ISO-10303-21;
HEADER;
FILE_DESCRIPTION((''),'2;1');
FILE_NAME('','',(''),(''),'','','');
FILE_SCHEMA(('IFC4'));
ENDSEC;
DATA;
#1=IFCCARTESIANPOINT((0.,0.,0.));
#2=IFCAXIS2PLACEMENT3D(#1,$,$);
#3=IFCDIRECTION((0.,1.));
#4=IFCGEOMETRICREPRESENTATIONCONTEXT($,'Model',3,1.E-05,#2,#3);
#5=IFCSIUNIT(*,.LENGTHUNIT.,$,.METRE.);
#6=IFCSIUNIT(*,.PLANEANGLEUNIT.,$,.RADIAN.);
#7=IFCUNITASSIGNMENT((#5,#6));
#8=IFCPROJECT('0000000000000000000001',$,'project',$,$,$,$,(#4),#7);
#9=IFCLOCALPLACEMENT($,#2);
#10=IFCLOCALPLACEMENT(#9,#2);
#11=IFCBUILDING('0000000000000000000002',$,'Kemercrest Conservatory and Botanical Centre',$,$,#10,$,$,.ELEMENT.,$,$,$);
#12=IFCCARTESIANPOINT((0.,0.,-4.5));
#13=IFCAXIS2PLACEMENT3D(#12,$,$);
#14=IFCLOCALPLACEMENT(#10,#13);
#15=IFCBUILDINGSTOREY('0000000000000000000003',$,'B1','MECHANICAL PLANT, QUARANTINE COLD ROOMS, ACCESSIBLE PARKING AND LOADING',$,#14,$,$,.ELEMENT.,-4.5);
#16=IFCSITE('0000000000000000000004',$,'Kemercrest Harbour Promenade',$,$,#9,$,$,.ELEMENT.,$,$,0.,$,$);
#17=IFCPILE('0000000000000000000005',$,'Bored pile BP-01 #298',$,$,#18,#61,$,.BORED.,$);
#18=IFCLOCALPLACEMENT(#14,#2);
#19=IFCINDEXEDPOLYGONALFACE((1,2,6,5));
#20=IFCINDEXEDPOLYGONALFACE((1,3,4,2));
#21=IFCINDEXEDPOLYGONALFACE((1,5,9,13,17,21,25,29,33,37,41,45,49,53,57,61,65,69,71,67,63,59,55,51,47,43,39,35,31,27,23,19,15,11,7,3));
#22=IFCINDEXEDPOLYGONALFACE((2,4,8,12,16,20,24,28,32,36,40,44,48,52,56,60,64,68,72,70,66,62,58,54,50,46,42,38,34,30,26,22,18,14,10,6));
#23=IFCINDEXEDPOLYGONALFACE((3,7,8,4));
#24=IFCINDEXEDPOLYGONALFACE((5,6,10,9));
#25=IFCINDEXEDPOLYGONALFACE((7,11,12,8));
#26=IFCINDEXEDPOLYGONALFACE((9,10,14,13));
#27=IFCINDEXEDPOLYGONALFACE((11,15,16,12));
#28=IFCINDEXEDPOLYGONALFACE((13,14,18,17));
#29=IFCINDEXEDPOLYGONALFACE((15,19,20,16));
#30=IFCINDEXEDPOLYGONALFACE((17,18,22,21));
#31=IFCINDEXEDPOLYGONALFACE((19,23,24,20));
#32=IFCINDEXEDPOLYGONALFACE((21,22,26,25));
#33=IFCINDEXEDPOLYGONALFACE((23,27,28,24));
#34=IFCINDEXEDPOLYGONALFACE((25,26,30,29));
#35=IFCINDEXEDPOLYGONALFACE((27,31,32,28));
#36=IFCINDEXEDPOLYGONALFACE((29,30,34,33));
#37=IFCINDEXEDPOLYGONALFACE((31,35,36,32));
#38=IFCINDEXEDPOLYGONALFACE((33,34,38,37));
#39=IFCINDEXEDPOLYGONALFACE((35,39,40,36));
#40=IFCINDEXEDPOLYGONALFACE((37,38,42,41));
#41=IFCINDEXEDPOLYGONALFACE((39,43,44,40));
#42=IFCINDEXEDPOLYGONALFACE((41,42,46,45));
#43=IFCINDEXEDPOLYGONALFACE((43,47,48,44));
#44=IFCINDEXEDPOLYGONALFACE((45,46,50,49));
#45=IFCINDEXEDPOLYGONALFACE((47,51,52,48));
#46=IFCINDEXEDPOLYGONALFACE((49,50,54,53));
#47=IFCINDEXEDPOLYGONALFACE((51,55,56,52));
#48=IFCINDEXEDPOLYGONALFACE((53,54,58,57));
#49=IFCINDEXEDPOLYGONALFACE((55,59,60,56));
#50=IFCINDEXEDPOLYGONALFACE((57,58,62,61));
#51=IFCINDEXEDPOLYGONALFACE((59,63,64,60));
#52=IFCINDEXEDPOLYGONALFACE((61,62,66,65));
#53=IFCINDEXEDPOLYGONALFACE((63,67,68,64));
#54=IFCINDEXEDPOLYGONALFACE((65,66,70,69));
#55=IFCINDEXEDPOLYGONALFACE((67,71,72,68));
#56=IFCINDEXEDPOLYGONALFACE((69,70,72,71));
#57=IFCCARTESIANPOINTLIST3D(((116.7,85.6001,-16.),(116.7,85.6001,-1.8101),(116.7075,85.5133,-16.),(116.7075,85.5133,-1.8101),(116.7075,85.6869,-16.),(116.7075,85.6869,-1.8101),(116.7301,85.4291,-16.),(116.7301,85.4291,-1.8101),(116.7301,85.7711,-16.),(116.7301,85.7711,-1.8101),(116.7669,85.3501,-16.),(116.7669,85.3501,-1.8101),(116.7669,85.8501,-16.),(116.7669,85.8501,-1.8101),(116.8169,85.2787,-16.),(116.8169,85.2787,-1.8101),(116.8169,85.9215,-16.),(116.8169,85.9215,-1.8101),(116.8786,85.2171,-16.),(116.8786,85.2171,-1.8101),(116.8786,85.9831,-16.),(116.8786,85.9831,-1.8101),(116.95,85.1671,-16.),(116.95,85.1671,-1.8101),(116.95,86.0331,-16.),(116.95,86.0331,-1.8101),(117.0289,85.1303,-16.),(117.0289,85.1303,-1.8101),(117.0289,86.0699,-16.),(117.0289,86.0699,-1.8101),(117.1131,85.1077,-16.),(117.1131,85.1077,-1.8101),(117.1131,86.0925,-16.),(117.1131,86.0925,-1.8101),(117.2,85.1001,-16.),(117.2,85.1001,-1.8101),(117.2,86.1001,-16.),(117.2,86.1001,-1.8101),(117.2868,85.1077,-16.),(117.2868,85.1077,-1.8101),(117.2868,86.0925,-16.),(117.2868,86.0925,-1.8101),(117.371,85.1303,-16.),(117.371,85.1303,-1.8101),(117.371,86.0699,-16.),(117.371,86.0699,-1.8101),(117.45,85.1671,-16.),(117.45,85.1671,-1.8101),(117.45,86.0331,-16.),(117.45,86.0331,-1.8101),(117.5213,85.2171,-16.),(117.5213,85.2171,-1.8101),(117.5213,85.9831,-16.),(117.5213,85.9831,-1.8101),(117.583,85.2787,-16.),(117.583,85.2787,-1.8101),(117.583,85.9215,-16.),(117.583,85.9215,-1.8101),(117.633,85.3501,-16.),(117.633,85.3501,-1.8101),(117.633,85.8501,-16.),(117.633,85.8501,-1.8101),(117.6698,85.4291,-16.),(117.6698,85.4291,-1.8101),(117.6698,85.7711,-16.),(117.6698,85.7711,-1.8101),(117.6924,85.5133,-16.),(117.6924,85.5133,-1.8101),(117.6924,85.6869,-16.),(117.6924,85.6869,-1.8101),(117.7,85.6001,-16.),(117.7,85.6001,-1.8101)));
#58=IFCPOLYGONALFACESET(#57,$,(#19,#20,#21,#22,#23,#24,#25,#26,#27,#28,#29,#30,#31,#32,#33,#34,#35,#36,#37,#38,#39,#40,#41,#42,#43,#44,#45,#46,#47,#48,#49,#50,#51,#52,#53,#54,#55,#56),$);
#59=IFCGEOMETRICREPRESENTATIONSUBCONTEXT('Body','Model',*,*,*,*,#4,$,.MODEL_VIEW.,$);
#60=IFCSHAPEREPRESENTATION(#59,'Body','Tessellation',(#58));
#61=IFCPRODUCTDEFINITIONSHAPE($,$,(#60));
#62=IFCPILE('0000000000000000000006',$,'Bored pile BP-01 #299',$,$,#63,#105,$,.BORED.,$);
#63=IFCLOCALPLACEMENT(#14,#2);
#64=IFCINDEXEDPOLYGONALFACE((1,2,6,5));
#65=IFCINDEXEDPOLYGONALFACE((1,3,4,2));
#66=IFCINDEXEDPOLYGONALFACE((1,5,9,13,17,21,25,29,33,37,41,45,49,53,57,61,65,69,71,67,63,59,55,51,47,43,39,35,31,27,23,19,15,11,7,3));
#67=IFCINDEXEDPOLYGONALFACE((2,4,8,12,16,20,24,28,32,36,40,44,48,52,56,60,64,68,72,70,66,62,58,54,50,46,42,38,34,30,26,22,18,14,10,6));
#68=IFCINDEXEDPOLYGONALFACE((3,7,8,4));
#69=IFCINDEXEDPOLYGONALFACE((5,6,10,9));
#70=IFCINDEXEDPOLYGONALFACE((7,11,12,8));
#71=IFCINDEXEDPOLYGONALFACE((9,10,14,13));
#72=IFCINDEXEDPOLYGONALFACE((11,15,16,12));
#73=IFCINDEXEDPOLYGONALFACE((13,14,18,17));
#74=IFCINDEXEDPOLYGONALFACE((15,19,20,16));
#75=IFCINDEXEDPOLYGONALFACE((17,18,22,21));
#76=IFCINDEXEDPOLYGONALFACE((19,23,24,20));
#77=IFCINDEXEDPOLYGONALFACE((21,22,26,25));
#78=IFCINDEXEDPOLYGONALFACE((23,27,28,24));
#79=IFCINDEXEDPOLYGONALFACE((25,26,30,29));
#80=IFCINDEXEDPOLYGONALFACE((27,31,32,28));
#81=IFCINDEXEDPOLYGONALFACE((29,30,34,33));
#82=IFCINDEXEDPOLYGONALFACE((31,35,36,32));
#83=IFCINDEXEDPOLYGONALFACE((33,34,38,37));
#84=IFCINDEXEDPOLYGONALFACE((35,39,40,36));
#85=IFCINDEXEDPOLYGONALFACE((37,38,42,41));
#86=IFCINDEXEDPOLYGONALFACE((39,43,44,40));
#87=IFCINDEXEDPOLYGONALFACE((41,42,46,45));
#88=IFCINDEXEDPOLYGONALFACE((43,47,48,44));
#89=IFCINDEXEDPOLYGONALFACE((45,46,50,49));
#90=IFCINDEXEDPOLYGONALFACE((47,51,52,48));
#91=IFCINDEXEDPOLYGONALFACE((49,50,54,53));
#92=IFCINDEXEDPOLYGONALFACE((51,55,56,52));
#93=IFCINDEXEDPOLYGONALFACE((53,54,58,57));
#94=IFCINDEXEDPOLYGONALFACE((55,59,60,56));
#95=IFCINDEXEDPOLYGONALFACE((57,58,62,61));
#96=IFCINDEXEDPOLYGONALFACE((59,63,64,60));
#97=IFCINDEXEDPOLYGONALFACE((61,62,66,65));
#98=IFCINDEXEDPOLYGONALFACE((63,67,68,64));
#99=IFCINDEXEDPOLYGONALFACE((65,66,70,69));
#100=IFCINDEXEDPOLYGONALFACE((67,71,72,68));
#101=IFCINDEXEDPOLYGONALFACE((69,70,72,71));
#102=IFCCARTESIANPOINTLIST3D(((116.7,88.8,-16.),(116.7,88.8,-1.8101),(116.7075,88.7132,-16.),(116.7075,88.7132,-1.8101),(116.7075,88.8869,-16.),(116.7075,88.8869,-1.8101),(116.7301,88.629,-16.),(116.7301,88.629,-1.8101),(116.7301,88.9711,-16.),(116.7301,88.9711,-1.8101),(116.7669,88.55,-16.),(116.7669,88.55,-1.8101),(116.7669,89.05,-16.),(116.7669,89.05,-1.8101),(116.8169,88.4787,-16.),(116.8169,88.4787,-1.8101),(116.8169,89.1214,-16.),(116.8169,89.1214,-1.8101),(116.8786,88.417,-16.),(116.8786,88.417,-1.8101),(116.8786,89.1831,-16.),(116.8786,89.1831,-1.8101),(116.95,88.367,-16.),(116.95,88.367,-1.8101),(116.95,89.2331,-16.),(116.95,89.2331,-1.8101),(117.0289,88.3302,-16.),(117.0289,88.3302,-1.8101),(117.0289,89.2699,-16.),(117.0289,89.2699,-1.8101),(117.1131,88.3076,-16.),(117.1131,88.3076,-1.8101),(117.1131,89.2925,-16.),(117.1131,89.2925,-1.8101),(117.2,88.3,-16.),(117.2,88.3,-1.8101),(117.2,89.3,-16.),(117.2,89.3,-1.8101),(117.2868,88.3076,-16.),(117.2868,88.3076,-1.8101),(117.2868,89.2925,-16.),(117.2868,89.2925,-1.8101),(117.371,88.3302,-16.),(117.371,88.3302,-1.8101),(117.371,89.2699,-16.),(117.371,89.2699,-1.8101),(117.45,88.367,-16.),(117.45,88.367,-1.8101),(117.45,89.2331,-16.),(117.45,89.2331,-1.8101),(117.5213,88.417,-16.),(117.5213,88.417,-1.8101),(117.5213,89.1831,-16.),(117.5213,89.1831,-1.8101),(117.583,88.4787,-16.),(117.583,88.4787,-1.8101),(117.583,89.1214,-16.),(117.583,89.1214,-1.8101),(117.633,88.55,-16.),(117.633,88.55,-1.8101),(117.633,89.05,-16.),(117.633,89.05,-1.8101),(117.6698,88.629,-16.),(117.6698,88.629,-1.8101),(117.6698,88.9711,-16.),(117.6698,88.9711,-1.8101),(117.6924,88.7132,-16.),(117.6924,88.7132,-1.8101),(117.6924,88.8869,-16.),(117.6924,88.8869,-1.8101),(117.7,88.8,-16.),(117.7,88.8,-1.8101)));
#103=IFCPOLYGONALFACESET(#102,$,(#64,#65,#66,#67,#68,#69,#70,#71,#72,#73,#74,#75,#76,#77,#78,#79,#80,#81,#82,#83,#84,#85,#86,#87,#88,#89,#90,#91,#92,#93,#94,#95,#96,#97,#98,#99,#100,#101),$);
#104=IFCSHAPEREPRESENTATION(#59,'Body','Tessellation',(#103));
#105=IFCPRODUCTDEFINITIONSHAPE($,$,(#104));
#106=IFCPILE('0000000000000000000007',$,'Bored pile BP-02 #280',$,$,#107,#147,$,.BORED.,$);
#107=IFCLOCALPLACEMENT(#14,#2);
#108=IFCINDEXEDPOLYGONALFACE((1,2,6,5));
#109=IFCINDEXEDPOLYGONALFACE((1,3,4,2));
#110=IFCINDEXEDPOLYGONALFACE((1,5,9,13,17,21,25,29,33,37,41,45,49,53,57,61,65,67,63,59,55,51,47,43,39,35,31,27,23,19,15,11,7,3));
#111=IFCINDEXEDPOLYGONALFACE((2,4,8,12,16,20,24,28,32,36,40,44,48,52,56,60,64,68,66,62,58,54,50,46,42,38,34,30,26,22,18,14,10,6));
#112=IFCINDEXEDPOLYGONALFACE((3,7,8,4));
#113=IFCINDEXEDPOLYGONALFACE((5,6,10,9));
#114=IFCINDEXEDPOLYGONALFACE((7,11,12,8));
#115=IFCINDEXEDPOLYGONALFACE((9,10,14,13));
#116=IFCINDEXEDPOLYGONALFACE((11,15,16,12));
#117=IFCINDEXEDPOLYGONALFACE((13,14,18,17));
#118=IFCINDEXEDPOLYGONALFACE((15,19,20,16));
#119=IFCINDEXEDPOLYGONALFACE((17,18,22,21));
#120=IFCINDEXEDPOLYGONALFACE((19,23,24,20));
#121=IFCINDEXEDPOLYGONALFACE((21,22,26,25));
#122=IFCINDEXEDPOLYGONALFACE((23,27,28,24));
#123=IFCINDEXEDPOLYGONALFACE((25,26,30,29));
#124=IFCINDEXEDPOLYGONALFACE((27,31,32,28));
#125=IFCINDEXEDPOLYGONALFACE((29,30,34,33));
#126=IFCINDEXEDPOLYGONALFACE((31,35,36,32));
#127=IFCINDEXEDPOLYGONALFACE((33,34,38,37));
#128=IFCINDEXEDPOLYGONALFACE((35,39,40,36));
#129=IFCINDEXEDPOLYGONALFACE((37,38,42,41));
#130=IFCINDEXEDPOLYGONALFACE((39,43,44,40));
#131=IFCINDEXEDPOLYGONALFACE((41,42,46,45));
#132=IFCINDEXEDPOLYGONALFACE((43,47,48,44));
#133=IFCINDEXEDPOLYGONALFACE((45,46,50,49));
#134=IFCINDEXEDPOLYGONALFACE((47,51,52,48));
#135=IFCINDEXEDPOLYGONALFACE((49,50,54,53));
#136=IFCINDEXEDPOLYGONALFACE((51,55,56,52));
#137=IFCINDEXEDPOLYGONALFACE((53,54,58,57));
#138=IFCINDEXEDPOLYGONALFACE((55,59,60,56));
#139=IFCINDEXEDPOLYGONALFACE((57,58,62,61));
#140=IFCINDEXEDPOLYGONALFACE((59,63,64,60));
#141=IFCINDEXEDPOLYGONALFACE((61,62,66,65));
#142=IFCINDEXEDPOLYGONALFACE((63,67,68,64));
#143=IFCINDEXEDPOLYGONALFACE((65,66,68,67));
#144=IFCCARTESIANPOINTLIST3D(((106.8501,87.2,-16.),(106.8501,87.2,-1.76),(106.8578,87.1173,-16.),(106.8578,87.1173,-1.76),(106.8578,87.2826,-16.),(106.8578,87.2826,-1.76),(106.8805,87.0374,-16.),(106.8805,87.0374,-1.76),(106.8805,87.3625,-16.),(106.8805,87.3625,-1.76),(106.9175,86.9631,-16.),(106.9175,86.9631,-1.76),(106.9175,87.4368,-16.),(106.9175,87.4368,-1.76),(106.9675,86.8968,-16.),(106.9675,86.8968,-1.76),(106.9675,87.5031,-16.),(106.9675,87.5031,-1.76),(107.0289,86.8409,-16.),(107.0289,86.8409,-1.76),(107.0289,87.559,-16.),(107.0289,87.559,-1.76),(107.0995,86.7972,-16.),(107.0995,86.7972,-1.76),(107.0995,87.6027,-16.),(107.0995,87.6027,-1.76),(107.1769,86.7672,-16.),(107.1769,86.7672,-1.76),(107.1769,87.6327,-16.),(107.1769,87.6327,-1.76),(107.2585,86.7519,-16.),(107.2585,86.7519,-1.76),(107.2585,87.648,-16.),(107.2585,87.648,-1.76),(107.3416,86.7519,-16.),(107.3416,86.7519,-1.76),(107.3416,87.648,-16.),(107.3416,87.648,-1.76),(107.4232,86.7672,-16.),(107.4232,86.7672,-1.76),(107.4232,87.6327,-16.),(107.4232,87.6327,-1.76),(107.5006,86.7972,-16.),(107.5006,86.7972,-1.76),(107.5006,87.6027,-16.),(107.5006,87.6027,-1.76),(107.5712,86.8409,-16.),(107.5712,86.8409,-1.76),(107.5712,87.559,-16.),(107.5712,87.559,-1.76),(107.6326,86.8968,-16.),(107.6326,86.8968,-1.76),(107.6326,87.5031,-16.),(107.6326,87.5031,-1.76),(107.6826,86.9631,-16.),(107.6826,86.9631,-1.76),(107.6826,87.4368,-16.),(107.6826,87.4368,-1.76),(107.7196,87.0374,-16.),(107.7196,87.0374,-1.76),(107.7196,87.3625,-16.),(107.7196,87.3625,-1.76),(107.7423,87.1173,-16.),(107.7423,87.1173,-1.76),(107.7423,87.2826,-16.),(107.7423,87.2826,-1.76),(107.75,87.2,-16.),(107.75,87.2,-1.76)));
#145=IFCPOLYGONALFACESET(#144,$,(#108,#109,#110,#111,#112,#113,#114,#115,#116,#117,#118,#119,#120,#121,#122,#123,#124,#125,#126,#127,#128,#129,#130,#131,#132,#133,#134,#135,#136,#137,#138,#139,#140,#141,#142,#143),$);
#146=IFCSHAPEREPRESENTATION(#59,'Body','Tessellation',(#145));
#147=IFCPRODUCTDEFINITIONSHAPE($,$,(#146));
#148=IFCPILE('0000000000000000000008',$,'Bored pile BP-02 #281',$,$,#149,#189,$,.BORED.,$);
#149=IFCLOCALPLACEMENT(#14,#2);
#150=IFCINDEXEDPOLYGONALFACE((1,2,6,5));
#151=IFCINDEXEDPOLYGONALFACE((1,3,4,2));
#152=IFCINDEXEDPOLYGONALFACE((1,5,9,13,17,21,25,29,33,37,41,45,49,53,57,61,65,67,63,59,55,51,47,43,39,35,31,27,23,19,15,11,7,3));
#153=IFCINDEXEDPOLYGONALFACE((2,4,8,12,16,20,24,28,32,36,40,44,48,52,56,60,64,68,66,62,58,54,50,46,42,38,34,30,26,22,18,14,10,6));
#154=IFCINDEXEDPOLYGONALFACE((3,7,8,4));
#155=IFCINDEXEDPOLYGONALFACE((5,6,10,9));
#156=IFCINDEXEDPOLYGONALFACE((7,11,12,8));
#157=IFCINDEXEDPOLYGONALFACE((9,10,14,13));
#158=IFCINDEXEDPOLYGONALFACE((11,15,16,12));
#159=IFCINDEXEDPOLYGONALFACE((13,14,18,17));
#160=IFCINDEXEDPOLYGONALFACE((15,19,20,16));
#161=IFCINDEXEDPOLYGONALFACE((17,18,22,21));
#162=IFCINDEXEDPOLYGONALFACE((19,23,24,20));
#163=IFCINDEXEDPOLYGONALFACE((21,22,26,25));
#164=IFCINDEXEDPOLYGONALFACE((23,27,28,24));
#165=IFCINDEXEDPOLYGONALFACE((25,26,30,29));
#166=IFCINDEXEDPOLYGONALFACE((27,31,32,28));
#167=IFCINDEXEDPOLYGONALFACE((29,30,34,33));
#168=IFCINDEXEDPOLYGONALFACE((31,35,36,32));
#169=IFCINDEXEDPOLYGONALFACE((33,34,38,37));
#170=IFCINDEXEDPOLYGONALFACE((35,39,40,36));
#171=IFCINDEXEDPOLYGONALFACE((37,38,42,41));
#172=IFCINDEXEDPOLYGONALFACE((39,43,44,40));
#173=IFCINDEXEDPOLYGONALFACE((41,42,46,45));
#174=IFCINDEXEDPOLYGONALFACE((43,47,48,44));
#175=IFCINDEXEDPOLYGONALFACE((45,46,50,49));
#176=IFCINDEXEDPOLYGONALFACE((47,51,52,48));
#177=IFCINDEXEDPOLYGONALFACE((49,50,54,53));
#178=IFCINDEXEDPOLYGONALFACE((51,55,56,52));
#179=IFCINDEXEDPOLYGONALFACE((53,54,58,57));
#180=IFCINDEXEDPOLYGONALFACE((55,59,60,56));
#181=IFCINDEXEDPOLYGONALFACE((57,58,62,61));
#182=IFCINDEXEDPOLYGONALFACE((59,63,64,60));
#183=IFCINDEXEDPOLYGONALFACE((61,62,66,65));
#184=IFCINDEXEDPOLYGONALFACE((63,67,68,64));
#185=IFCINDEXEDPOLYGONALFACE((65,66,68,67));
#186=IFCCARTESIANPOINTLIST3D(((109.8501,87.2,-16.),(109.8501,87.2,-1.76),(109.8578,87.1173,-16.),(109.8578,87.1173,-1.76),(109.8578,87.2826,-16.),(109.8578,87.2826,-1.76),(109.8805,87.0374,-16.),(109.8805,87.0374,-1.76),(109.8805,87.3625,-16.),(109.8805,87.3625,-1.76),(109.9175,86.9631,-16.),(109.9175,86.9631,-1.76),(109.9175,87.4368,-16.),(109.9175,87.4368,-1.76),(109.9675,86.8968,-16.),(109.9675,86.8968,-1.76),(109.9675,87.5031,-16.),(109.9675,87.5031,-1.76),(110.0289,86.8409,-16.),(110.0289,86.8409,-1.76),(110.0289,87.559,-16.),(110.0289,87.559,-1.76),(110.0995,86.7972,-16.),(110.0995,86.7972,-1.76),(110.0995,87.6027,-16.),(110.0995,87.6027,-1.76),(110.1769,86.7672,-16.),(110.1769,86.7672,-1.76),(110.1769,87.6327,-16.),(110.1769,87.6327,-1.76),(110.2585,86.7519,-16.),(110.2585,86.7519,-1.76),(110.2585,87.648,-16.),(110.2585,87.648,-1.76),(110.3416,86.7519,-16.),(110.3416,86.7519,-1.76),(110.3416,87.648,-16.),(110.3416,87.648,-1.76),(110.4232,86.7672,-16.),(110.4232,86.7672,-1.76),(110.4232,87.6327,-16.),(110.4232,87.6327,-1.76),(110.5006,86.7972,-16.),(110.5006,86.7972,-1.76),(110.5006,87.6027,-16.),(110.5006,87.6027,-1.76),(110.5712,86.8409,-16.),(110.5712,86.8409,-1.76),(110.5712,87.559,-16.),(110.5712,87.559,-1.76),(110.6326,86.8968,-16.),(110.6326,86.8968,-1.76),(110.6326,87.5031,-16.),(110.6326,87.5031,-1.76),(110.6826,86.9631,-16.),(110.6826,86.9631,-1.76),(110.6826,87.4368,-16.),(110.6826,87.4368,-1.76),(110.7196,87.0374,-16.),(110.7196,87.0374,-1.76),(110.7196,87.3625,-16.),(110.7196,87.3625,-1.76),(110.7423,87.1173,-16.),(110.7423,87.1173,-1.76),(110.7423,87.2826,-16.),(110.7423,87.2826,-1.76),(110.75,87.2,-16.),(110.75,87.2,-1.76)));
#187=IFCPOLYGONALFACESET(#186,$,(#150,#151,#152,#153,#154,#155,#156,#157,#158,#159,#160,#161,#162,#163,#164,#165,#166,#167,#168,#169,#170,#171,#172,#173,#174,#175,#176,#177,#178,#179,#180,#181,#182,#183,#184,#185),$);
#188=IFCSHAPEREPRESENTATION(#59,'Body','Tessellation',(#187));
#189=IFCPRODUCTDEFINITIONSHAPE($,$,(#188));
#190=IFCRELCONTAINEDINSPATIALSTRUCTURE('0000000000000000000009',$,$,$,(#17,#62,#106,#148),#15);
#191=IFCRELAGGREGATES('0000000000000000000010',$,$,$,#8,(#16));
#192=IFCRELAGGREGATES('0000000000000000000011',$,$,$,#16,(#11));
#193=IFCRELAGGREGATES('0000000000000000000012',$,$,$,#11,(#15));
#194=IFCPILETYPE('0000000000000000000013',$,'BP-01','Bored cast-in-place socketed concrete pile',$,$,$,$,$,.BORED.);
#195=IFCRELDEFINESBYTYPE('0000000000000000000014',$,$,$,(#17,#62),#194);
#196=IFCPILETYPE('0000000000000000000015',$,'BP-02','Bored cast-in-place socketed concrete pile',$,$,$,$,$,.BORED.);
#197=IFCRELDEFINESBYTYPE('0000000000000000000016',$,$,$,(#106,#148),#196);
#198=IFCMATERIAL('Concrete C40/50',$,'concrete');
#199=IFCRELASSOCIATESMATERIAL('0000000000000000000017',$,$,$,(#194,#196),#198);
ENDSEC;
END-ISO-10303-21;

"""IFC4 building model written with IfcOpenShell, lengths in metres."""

from ifc_helpers import new_model, si_unit, direction, frame, origin, origin_2d, place, context, subcontext, project, spatial, circle, extrude, material, material_profile, profile_set, type_object, element, save


model = new_model("IFC4")

# Units and contexts
model_context = context("Model", 3, precision=1e-05, world=origin(), true_north=direction((0.0, 1.0)))
body_context = subcontext(model_context, "Body", "Model", "MODEL_VIEW")
ifc_project = project(units=[si_unit("LENGTHUNIT", "METRE"), si_unit("PLANEANGLEUNIT", "RADIAN")], contexts=[model_context])

# Site, building, storey
site_placement = place(None, origin())
site = spatial("IfcSite", under=ifc_project, at=site_placement, Name="Kemercrest Harbour Promenade", CompositionType="ELEMENT", RefElevation=0.0)
building_placement = place(site_placement, origin())
building = spatial("IfcBuilding", under=site, at=building_placement, Name="Kemercrest Conservatory and Botanical Centre", CompositionType="ELEMENT")
storey_placement = place(building_placement, frame((0.0, 0.0, -4.5)))
storey = spatial("IfcBuildingStorey", under=building, at=storey_placement, Name="B1", Description="MECHANICAL PLANT, QUARANTINE COLD ROOMS, ACCESSIBLE PARKING AND LOADING", CompositionType="ELEMENT", Elevation=-4.5)

# Piles
ifc_material_1 = material(Name="Concrete C40/50", Category="concrete")
ifc_material_profile_1 = material_profile(ifc_material_1, circle(Radius=0.5, at=origin_2d()), Name="BORED PILE 1000")
ifc_profile_set_1 = profile_set([ifc_material_profile_1], Name="Concrete C40/50")
pile_type_1 = type_object("IfcPileType", Name="BP-01", Description="Bored cast-in-place socketed concrete pile", PredefinedType="BORED", material=ifc_profile_set_1)
for number, where, z_axis, x_axis, name in (
    (1, (117.2, 85.6001, -1.8101), (0.0, 0.0, -1.0), (1.0, 0.0, 0.0), "Bored pile BP-01 #298"),
    (2, (117.2, 88.8, -1.8101), (0.0, 0.0, -1.0), (1.0, 0.0, 0.0), "Bored pile BP-01 #299"),
):
    element("IfcPile", number, at=place(storey_placement, frame(where, z_axis=z_axis, x_axis=x_axis)), inside=storey, type_object=pile_type_1, Name=name, PredefinedType="BORED", context=body_context, shape_type="SweptSolid", body=[
        extrude(circle(Radius=0.5, at=origin_2d()), origin(), (0.0, 0.0, 1.0), 14.1899),
    ])
ifc_material_profile_2 = material_profile(ifc_material_1, circle(Radius=0.45, at=origin_2d()), Name="BORED PILE 900")
ifc_profile_set_2 = profile_set([ifc_material_profile_2], Name="Concrete C40/50")
pile_type_2 = type_object("IfcPileType", Name="BP-02", Description="Bored cast-in-place socketed concrete pile", PredefinedType="BORED", material=ifc_profile_set_2)
for number, where, z_axis, x_axis, name in (
    (3, (107.3, 87.2, -1.76), (0.0, 0.0, -1.0), (1.0, 0.0, 0.0), "Bored pile BP-02 #280"),
    (4, (110.3, 87.2, -1.76), (0.0, 0.0, -1.0), (1.0, 0.0, 0.0), "Bored pile BP-02 #281"),
):
    element("IfcPile", number, at=place(storey_placement, frame(where, z_axis=z_axis, x_axis=x_axis)), inside=storey, type_object=pile_type_2, Name=name, PredefinedType="BORED", context=body_context, shape_type="SweptSolid", body=[
        extrude(circle(Radius=0.45, at=origin_2d()), origin(), (0.0, 0.0, 1.0), 14.24),
    ])

save(model, "model.ifc")
